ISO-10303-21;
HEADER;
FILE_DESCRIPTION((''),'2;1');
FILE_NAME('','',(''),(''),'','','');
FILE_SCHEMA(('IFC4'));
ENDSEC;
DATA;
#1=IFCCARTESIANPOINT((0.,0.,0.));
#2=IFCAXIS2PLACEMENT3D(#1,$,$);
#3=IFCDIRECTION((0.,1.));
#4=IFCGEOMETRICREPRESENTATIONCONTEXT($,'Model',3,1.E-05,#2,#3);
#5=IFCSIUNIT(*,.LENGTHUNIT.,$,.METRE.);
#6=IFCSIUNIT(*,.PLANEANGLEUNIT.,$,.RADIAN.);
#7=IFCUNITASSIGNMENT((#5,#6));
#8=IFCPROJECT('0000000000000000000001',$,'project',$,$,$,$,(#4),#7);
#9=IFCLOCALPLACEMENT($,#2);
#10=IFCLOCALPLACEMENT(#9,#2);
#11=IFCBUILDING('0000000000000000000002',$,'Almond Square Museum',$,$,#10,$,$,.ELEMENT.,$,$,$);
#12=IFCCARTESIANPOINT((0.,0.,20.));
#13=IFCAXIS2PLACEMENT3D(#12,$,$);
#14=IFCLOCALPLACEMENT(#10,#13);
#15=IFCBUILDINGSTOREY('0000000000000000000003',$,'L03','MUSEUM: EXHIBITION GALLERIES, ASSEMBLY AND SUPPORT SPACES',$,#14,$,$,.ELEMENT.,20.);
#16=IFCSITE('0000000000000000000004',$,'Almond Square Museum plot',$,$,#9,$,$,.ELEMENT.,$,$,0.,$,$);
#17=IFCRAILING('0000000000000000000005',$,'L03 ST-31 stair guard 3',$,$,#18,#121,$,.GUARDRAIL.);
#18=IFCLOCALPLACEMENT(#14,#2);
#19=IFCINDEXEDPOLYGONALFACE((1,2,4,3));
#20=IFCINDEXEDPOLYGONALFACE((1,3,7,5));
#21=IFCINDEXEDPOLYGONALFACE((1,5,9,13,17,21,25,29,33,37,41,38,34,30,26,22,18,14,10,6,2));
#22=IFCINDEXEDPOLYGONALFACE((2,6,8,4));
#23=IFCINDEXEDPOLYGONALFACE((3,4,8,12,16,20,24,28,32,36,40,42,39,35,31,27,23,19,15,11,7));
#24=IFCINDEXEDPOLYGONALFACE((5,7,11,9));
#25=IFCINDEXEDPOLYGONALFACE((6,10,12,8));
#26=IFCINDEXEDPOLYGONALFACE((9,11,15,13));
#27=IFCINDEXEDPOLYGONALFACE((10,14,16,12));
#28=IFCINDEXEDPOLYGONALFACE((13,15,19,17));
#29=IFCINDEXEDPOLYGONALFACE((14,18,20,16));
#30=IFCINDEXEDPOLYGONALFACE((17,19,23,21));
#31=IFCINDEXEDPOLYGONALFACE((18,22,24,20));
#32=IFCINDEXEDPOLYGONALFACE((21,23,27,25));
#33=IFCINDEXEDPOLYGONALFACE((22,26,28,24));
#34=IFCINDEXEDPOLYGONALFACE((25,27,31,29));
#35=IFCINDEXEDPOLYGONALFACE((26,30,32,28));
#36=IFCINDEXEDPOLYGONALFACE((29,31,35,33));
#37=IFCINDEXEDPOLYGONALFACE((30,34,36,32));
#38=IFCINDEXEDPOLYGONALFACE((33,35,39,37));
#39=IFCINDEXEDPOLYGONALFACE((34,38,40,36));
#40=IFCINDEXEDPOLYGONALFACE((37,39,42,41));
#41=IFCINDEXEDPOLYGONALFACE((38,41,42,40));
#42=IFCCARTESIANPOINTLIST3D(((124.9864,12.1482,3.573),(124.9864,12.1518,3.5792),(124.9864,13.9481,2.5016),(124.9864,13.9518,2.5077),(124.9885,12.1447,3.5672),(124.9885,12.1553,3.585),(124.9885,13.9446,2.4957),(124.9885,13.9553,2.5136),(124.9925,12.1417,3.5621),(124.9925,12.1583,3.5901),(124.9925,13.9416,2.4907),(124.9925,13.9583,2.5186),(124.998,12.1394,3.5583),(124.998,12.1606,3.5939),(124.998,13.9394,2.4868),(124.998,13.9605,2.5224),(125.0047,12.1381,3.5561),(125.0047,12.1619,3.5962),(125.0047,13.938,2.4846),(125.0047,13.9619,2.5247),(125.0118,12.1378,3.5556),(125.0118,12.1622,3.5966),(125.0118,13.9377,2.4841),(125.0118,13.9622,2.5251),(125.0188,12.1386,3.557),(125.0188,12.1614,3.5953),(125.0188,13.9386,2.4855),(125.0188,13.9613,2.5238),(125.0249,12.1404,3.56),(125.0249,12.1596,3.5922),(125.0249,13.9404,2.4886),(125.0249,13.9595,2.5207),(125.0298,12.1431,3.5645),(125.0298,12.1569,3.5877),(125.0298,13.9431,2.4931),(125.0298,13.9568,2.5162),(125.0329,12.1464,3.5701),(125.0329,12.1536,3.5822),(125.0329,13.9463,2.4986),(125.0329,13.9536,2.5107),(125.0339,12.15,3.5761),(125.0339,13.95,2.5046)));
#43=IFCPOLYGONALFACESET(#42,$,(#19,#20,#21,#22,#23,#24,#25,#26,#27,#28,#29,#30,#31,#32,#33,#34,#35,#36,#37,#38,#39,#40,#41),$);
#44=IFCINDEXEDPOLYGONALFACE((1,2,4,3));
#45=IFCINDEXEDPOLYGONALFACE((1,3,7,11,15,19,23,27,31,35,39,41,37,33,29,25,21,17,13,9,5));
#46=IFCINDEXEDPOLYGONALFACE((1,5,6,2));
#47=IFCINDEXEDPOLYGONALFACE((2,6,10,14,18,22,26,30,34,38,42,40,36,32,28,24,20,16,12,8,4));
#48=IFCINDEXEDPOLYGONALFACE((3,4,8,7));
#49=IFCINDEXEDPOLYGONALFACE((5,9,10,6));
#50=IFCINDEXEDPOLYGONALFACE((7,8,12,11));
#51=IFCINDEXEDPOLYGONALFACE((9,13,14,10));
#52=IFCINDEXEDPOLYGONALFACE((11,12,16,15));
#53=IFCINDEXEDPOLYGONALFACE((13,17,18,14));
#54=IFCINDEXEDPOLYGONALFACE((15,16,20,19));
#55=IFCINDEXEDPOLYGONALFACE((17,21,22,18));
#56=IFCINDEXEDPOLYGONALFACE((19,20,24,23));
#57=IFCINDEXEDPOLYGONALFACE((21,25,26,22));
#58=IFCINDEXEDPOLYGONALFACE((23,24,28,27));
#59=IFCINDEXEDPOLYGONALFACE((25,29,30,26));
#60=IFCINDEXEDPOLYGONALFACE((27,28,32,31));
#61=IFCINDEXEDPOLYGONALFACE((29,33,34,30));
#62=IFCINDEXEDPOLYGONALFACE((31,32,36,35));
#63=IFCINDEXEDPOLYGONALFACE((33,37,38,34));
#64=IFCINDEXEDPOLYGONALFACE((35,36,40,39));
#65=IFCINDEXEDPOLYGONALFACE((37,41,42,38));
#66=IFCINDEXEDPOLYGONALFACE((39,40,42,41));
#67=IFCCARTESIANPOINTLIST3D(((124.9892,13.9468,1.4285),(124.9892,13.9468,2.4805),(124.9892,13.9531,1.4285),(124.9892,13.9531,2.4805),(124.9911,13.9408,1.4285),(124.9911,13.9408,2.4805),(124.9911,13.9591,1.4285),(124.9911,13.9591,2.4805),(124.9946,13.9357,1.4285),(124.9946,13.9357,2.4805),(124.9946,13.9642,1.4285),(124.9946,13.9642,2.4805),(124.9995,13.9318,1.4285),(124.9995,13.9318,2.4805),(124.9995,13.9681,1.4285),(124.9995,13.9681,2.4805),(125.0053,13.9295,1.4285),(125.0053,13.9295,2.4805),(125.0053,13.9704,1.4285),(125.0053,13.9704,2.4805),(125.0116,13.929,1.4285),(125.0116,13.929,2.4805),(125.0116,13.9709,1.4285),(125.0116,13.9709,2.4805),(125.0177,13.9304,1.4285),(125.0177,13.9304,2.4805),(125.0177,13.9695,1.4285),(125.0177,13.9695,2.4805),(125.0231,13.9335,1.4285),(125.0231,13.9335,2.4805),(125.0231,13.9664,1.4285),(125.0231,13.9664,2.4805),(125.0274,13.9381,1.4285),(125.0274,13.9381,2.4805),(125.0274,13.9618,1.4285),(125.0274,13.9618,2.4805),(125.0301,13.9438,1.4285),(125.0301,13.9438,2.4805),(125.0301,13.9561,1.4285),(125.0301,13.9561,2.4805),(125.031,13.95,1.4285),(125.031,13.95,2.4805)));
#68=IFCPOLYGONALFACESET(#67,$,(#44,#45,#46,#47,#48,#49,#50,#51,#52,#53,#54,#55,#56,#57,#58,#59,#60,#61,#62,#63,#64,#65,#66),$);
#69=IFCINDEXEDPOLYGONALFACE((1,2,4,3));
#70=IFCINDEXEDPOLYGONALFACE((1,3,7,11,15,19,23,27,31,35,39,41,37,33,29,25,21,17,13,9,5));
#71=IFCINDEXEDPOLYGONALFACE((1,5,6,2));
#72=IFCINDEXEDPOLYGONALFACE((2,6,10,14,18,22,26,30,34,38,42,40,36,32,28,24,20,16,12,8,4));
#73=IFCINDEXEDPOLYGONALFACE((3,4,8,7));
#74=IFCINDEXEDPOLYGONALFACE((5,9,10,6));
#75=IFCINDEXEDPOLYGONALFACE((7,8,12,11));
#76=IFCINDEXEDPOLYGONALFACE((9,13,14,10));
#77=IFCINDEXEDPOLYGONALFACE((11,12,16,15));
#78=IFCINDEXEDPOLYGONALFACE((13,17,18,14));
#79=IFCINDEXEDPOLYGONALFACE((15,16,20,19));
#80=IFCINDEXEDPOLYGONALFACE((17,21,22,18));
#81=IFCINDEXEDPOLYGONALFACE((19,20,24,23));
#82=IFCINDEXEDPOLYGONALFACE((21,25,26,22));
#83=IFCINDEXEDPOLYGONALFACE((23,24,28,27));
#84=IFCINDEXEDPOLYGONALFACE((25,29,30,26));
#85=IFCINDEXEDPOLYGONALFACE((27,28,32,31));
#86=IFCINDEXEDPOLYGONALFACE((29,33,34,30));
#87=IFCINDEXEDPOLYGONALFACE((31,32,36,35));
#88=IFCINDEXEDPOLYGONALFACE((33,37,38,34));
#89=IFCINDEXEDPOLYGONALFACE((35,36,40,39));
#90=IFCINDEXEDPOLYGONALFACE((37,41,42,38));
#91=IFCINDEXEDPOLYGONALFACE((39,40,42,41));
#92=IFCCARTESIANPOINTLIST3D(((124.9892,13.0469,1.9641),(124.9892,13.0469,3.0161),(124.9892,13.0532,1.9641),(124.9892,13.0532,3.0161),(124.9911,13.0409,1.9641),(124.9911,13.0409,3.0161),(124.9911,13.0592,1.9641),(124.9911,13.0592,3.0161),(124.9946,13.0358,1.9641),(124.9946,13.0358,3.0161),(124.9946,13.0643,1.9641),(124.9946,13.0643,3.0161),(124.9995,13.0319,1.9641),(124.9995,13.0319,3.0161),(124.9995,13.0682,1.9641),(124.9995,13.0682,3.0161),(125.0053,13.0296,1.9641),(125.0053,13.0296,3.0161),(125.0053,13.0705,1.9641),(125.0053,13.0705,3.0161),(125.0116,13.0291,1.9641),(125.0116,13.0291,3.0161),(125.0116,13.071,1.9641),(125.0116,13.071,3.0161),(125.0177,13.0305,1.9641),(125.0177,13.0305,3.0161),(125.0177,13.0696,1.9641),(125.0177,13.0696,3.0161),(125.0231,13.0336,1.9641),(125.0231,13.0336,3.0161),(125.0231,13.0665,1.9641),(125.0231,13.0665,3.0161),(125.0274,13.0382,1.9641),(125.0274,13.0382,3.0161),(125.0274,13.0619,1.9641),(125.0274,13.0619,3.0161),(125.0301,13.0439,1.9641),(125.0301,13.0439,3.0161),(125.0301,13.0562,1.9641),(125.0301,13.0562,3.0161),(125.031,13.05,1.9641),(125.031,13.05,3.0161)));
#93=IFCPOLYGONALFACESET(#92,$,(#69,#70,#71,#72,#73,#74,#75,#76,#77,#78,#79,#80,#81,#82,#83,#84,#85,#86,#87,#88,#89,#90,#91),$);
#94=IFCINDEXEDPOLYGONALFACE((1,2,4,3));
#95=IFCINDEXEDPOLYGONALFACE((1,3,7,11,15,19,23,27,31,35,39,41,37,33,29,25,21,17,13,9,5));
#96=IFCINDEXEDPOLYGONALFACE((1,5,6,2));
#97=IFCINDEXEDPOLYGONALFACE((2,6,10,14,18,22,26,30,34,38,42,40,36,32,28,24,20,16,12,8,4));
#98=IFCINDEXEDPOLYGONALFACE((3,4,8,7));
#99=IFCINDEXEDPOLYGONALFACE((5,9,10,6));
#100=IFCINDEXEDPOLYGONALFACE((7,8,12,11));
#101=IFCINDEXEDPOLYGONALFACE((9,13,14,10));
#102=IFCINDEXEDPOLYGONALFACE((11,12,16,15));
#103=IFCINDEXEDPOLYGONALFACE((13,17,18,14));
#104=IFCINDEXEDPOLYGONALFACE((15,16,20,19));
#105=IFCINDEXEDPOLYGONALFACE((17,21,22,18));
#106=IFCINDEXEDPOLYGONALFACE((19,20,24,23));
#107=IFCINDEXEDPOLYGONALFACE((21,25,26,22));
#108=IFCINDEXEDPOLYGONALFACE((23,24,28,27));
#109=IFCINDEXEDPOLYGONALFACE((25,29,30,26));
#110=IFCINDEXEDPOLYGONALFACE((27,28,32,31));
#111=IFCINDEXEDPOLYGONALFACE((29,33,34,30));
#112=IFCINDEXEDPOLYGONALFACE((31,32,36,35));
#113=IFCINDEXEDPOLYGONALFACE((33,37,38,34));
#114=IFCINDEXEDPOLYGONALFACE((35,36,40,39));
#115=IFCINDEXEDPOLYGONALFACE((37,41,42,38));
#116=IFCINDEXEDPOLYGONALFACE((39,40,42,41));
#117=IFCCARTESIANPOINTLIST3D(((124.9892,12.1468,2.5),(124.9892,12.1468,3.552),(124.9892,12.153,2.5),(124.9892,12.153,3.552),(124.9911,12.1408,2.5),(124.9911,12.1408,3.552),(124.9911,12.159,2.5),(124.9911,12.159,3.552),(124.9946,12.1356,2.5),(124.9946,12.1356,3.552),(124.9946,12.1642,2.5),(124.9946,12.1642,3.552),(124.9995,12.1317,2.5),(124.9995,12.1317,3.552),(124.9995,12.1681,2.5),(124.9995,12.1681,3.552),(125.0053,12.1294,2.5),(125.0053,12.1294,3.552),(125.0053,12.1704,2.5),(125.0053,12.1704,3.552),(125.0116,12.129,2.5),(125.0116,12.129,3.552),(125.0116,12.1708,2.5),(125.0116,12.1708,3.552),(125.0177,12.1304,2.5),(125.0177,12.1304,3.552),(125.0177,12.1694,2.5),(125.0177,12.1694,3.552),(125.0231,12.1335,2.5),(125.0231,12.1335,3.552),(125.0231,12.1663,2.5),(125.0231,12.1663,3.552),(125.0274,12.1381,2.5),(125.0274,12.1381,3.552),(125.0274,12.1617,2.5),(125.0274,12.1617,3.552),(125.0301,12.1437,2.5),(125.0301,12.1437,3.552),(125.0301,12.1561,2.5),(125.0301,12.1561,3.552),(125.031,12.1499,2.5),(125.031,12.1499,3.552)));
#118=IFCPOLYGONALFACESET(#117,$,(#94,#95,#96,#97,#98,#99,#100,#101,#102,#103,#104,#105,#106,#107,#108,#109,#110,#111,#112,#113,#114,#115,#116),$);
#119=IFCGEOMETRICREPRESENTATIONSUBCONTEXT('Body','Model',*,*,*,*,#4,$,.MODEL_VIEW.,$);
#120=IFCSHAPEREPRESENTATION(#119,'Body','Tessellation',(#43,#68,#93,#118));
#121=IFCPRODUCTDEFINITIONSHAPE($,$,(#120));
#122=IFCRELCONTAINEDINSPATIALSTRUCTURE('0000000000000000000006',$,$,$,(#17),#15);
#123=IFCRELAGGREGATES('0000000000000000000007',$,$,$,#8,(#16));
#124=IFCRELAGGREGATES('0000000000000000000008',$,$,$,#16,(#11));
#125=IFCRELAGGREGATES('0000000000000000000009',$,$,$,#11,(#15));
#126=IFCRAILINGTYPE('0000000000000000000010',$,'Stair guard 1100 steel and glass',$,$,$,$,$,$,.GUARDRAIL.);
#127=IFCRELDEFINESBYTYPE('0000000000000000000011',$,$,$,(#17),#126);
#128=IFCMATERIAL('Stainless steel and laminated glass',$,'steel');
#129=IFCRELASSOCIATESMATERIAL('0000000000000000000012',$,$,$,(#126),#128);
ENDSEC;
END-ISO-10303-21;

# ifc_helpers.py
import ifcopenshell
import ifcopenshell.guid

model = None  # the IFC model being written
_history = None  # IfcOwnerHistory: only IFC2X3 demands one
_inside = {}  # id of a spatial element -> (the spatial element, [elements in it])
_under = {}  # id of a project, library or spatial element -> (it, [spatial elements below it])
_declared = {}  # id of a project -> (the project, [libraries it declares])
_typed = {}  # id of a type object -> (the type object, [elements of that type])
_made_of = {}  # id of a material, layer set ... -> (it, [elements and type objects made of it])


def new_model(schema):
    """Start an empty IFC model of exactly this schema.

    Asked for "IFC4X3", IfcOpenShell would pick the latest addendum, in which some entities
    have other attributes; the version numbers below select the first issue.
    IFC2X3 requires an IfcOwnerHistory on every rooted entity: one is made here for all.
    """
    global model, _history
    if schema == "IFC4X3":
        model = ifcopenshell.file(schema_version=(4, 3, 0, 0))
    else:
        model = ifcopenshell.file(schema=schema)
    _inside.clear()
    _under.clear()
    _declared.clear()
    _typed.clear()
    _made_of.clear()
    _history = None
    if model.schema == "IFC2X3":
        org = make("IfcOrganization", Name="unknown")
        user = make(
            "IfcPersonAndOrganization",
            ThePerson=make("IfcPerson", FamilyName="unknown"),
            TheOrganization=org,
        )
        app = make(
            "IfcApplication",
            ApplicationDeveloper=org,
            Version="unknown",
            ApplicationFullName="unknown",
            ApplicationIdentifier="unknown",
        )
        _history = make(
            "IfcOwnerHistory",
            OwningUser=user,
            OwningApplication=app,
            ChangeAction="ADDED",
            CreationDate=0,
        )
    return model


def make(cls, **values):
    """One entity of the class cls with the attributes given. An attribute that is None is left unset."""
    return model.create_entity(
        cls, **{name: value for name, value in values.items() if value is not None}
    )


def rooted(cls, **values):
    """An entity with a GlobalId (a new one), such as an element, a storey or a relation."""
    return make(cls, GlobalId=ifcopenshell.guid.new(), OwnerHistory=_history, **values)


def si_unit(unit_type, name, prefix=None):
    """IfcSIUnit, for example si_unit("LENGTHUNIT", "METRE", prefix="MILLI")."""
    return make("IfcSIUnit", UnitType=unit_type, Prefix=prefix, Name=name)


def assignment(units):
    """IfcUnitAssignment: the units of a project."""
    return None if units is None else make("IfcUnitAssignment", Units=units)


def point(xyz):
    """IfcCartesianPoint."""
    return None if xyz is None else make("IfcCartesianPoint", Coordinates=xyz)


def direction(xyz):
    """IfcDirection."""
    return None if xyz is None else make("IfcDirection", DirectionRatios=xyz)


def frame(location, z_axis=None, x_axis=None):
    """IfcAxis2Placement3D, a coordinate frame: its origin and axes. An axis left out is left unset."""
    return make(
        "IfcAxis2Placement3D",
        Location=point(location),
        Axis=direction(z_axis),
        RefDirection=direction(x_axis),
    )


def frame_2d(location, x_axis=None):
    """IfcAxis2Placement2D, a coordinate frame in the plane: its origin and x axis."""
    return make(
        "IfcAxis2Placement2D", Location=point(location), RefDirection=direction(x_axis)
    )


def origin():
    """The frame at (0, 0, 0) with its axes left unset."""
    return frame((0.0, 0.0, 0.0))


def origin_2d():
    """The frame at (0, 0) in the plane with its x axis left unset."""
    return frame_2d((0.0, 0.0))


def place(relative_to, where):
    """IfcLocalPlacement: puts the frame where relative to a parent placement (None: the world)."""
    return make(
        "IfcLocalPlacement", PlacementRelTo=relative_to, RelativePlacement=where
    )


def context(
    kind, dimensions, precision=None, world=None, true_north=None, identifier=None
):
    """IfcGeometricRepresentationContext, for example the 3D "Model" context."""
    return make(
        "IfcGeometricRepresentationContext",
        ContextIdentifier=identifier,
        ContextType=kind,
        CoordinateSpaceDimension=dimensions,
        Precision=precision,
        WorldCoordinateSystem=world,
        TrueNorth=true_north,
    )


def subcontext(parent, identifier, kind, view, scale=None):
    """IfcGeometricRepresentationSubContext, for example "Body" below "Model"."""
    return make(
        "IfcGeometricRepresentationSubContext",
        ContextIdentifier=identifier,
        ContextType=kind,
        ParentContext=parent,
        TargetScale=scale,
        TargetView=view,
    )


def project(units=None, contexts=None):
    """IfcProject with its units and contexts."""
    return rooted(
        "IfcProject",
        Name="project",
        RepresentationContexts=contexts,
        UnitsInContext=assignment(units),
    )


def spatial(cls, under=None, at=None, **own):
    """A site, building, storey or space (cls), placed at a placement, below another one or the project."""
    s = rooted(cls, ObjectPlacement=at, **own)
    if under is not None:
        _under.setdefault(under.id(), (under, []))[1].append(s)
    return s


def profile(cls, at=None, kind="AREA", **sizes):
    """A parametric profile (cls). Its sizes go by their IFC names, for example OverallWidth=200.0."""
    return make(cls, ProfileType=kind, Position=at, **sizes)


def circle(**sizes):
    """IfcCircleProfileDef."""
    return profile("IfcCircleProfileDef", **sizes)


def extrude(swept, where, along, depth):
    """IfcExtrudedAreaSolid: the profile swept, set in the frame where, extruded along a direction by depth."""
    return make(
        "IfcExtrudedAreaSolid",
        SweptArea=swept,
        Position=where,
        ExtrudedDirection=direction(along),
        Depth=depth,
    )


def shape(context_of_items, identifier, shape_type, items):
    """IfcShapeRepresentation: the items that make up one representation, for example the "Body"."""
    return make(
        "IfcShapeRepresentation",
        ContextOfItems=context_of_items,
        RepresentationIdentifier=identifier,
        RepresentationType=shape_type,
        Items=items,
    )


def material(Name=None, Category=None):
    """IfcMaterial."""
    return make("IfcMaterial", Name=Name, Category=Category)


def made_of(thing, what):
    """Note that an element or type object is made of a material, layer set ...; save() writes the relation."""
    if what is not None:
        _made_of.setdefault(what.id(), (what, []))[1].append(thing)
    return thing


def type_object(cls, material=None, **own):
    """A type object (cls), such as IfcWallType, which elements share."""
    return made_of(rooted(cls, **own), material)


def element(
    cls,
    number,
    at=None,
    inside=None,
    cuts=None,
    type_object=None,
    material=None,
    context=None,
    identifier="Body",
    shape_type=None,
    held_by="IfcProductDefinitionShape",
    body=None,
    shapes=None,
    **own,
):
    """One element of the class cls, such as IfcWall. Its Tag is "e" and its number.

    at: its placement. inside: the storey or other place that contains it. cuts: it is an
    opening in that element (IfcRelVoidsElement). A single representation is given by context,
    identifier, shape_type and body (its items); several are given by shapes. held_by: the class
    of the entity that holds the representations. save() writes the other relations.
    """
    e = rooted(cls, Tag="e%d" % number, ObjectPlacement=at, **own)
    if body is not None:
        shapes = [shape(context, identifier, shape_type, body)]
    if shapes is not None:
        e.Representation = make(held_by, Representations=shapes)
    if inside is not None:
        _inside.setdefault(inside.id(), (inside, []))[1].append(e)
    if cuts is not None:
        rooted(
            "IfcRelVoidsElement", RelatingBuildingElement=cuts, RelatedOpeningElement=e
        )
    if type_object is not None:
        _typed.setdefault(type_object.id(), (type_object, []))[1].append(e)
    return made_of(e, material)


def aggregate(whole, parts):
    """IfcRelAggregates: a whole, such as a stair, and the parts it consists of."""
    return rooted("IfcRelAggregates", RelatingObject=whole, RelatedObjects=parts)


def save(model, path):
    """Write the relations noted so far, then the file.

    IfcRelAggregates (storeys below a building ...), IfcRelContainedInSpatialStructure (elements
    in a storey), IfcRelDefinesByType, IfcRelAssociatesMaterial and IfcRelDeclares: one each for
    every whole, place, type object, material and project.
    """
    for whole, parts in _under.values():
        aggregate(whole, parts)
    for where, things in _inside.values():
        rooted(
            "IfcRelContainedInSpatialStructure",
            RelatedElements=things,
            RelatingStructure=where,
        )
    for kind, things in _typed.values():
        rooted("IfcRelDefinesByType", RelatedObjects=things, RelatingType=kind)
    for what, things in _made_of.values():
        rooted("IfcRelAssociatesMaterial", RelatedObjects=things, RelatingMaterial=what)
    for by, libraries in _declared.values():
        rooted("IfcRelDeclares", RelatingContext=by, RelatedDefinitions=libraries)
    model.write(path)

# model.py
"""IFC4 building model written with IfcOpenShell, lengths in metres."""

from ifc_helpers import new_model, si_unit, direction, frame, origin, origin_2d, place, context, subcontext, project, spatial, circle, extrude, material, type_object, element, save


model = new_model("IFC4")

# Units and contexts
model_context = context("Model", 3, precision=1e-05, world=origin(), true_north=direction((0.0, 1.0)))
body_context = subcontext(model_context, "Body", "Model", "MODEL_VIEW")
ifc_project = project(units=[si_unit("LENGTHUNIT", "METRE"), si_unit("PLANEANGLEUNIT", "RADIAN")], contexts=[model_context])

# Site, building, storey
site_placement = place(None, origin())
site = spatial("IfcSite", under=ifc_project, at=site_placement, Name="Almond Square Museum plot", CompositionType="ELEMENT", RefElevation=0.0)
building_placement = place(site_placement, origin())
building = spatial("IfcBuilding", under=site, at=building_placement, Name="Almond Square Museum", CompositionType="ELEMENT")
storey_placement = place(building_placement, frame((0.0, 0.0, 20.0)))
storey = spatial("IfcBuildingStorey", under=building, at=storey_placement, Name="L03", Description="MUSEUM: EXHIBITION GALLERIES, ASSEMBLY AND SUPPORT SPACES", CompositionType="ELEMENT", Elevation=20.0)

# Railing
ifc_material_1 = material(Name="Stainless steel and laminated glass", Category="steel")
railing_type_1 = type_object("IfcRailingType", Name="Stair guard 1100 steel and glass", PredefinedType="GUARDRAIL", material=ifc_material_1)
railing_1_placement = place(storey_placement, frame((125.01, 13.95, 1.4285)))
element("IfcRailing", 1, at=railing_1_placement, inside=storey, type_object=railing_type_1, Name="L03 ST-31 stair guard 3", PredefinedType="GUARDRAIL", context=body_context, shape_type="SweptSolid", body=[
    extrude(circle(Radius=0.0239, at=origin_2d()), frame((0.0, 0.0, 1.0762), z_axis=(0.0, -0.859277, 0.51151), x_axis=(1.0, 0.0, 0.0)), (0.0, 0.0, 1.0), 2.0947),
    extrude(circle(Radius=0.021, at=origin_2d()), origin(), (0.0, 0.0, 1.0), 1.052),
    extrude(circle(Radius=0.021, at=origin_2d()), frame((0.0, -0.8999, 0.5356)), (0.0, 0.0, 1.0), 1.052),
    extrude(circle(Radius=0.021, at=origin_2d()), frame((0.0, -1.8, 1.0715)), (0.0, 0.0, 1.0), 1.052),
])

save(model, "model.ifc")
